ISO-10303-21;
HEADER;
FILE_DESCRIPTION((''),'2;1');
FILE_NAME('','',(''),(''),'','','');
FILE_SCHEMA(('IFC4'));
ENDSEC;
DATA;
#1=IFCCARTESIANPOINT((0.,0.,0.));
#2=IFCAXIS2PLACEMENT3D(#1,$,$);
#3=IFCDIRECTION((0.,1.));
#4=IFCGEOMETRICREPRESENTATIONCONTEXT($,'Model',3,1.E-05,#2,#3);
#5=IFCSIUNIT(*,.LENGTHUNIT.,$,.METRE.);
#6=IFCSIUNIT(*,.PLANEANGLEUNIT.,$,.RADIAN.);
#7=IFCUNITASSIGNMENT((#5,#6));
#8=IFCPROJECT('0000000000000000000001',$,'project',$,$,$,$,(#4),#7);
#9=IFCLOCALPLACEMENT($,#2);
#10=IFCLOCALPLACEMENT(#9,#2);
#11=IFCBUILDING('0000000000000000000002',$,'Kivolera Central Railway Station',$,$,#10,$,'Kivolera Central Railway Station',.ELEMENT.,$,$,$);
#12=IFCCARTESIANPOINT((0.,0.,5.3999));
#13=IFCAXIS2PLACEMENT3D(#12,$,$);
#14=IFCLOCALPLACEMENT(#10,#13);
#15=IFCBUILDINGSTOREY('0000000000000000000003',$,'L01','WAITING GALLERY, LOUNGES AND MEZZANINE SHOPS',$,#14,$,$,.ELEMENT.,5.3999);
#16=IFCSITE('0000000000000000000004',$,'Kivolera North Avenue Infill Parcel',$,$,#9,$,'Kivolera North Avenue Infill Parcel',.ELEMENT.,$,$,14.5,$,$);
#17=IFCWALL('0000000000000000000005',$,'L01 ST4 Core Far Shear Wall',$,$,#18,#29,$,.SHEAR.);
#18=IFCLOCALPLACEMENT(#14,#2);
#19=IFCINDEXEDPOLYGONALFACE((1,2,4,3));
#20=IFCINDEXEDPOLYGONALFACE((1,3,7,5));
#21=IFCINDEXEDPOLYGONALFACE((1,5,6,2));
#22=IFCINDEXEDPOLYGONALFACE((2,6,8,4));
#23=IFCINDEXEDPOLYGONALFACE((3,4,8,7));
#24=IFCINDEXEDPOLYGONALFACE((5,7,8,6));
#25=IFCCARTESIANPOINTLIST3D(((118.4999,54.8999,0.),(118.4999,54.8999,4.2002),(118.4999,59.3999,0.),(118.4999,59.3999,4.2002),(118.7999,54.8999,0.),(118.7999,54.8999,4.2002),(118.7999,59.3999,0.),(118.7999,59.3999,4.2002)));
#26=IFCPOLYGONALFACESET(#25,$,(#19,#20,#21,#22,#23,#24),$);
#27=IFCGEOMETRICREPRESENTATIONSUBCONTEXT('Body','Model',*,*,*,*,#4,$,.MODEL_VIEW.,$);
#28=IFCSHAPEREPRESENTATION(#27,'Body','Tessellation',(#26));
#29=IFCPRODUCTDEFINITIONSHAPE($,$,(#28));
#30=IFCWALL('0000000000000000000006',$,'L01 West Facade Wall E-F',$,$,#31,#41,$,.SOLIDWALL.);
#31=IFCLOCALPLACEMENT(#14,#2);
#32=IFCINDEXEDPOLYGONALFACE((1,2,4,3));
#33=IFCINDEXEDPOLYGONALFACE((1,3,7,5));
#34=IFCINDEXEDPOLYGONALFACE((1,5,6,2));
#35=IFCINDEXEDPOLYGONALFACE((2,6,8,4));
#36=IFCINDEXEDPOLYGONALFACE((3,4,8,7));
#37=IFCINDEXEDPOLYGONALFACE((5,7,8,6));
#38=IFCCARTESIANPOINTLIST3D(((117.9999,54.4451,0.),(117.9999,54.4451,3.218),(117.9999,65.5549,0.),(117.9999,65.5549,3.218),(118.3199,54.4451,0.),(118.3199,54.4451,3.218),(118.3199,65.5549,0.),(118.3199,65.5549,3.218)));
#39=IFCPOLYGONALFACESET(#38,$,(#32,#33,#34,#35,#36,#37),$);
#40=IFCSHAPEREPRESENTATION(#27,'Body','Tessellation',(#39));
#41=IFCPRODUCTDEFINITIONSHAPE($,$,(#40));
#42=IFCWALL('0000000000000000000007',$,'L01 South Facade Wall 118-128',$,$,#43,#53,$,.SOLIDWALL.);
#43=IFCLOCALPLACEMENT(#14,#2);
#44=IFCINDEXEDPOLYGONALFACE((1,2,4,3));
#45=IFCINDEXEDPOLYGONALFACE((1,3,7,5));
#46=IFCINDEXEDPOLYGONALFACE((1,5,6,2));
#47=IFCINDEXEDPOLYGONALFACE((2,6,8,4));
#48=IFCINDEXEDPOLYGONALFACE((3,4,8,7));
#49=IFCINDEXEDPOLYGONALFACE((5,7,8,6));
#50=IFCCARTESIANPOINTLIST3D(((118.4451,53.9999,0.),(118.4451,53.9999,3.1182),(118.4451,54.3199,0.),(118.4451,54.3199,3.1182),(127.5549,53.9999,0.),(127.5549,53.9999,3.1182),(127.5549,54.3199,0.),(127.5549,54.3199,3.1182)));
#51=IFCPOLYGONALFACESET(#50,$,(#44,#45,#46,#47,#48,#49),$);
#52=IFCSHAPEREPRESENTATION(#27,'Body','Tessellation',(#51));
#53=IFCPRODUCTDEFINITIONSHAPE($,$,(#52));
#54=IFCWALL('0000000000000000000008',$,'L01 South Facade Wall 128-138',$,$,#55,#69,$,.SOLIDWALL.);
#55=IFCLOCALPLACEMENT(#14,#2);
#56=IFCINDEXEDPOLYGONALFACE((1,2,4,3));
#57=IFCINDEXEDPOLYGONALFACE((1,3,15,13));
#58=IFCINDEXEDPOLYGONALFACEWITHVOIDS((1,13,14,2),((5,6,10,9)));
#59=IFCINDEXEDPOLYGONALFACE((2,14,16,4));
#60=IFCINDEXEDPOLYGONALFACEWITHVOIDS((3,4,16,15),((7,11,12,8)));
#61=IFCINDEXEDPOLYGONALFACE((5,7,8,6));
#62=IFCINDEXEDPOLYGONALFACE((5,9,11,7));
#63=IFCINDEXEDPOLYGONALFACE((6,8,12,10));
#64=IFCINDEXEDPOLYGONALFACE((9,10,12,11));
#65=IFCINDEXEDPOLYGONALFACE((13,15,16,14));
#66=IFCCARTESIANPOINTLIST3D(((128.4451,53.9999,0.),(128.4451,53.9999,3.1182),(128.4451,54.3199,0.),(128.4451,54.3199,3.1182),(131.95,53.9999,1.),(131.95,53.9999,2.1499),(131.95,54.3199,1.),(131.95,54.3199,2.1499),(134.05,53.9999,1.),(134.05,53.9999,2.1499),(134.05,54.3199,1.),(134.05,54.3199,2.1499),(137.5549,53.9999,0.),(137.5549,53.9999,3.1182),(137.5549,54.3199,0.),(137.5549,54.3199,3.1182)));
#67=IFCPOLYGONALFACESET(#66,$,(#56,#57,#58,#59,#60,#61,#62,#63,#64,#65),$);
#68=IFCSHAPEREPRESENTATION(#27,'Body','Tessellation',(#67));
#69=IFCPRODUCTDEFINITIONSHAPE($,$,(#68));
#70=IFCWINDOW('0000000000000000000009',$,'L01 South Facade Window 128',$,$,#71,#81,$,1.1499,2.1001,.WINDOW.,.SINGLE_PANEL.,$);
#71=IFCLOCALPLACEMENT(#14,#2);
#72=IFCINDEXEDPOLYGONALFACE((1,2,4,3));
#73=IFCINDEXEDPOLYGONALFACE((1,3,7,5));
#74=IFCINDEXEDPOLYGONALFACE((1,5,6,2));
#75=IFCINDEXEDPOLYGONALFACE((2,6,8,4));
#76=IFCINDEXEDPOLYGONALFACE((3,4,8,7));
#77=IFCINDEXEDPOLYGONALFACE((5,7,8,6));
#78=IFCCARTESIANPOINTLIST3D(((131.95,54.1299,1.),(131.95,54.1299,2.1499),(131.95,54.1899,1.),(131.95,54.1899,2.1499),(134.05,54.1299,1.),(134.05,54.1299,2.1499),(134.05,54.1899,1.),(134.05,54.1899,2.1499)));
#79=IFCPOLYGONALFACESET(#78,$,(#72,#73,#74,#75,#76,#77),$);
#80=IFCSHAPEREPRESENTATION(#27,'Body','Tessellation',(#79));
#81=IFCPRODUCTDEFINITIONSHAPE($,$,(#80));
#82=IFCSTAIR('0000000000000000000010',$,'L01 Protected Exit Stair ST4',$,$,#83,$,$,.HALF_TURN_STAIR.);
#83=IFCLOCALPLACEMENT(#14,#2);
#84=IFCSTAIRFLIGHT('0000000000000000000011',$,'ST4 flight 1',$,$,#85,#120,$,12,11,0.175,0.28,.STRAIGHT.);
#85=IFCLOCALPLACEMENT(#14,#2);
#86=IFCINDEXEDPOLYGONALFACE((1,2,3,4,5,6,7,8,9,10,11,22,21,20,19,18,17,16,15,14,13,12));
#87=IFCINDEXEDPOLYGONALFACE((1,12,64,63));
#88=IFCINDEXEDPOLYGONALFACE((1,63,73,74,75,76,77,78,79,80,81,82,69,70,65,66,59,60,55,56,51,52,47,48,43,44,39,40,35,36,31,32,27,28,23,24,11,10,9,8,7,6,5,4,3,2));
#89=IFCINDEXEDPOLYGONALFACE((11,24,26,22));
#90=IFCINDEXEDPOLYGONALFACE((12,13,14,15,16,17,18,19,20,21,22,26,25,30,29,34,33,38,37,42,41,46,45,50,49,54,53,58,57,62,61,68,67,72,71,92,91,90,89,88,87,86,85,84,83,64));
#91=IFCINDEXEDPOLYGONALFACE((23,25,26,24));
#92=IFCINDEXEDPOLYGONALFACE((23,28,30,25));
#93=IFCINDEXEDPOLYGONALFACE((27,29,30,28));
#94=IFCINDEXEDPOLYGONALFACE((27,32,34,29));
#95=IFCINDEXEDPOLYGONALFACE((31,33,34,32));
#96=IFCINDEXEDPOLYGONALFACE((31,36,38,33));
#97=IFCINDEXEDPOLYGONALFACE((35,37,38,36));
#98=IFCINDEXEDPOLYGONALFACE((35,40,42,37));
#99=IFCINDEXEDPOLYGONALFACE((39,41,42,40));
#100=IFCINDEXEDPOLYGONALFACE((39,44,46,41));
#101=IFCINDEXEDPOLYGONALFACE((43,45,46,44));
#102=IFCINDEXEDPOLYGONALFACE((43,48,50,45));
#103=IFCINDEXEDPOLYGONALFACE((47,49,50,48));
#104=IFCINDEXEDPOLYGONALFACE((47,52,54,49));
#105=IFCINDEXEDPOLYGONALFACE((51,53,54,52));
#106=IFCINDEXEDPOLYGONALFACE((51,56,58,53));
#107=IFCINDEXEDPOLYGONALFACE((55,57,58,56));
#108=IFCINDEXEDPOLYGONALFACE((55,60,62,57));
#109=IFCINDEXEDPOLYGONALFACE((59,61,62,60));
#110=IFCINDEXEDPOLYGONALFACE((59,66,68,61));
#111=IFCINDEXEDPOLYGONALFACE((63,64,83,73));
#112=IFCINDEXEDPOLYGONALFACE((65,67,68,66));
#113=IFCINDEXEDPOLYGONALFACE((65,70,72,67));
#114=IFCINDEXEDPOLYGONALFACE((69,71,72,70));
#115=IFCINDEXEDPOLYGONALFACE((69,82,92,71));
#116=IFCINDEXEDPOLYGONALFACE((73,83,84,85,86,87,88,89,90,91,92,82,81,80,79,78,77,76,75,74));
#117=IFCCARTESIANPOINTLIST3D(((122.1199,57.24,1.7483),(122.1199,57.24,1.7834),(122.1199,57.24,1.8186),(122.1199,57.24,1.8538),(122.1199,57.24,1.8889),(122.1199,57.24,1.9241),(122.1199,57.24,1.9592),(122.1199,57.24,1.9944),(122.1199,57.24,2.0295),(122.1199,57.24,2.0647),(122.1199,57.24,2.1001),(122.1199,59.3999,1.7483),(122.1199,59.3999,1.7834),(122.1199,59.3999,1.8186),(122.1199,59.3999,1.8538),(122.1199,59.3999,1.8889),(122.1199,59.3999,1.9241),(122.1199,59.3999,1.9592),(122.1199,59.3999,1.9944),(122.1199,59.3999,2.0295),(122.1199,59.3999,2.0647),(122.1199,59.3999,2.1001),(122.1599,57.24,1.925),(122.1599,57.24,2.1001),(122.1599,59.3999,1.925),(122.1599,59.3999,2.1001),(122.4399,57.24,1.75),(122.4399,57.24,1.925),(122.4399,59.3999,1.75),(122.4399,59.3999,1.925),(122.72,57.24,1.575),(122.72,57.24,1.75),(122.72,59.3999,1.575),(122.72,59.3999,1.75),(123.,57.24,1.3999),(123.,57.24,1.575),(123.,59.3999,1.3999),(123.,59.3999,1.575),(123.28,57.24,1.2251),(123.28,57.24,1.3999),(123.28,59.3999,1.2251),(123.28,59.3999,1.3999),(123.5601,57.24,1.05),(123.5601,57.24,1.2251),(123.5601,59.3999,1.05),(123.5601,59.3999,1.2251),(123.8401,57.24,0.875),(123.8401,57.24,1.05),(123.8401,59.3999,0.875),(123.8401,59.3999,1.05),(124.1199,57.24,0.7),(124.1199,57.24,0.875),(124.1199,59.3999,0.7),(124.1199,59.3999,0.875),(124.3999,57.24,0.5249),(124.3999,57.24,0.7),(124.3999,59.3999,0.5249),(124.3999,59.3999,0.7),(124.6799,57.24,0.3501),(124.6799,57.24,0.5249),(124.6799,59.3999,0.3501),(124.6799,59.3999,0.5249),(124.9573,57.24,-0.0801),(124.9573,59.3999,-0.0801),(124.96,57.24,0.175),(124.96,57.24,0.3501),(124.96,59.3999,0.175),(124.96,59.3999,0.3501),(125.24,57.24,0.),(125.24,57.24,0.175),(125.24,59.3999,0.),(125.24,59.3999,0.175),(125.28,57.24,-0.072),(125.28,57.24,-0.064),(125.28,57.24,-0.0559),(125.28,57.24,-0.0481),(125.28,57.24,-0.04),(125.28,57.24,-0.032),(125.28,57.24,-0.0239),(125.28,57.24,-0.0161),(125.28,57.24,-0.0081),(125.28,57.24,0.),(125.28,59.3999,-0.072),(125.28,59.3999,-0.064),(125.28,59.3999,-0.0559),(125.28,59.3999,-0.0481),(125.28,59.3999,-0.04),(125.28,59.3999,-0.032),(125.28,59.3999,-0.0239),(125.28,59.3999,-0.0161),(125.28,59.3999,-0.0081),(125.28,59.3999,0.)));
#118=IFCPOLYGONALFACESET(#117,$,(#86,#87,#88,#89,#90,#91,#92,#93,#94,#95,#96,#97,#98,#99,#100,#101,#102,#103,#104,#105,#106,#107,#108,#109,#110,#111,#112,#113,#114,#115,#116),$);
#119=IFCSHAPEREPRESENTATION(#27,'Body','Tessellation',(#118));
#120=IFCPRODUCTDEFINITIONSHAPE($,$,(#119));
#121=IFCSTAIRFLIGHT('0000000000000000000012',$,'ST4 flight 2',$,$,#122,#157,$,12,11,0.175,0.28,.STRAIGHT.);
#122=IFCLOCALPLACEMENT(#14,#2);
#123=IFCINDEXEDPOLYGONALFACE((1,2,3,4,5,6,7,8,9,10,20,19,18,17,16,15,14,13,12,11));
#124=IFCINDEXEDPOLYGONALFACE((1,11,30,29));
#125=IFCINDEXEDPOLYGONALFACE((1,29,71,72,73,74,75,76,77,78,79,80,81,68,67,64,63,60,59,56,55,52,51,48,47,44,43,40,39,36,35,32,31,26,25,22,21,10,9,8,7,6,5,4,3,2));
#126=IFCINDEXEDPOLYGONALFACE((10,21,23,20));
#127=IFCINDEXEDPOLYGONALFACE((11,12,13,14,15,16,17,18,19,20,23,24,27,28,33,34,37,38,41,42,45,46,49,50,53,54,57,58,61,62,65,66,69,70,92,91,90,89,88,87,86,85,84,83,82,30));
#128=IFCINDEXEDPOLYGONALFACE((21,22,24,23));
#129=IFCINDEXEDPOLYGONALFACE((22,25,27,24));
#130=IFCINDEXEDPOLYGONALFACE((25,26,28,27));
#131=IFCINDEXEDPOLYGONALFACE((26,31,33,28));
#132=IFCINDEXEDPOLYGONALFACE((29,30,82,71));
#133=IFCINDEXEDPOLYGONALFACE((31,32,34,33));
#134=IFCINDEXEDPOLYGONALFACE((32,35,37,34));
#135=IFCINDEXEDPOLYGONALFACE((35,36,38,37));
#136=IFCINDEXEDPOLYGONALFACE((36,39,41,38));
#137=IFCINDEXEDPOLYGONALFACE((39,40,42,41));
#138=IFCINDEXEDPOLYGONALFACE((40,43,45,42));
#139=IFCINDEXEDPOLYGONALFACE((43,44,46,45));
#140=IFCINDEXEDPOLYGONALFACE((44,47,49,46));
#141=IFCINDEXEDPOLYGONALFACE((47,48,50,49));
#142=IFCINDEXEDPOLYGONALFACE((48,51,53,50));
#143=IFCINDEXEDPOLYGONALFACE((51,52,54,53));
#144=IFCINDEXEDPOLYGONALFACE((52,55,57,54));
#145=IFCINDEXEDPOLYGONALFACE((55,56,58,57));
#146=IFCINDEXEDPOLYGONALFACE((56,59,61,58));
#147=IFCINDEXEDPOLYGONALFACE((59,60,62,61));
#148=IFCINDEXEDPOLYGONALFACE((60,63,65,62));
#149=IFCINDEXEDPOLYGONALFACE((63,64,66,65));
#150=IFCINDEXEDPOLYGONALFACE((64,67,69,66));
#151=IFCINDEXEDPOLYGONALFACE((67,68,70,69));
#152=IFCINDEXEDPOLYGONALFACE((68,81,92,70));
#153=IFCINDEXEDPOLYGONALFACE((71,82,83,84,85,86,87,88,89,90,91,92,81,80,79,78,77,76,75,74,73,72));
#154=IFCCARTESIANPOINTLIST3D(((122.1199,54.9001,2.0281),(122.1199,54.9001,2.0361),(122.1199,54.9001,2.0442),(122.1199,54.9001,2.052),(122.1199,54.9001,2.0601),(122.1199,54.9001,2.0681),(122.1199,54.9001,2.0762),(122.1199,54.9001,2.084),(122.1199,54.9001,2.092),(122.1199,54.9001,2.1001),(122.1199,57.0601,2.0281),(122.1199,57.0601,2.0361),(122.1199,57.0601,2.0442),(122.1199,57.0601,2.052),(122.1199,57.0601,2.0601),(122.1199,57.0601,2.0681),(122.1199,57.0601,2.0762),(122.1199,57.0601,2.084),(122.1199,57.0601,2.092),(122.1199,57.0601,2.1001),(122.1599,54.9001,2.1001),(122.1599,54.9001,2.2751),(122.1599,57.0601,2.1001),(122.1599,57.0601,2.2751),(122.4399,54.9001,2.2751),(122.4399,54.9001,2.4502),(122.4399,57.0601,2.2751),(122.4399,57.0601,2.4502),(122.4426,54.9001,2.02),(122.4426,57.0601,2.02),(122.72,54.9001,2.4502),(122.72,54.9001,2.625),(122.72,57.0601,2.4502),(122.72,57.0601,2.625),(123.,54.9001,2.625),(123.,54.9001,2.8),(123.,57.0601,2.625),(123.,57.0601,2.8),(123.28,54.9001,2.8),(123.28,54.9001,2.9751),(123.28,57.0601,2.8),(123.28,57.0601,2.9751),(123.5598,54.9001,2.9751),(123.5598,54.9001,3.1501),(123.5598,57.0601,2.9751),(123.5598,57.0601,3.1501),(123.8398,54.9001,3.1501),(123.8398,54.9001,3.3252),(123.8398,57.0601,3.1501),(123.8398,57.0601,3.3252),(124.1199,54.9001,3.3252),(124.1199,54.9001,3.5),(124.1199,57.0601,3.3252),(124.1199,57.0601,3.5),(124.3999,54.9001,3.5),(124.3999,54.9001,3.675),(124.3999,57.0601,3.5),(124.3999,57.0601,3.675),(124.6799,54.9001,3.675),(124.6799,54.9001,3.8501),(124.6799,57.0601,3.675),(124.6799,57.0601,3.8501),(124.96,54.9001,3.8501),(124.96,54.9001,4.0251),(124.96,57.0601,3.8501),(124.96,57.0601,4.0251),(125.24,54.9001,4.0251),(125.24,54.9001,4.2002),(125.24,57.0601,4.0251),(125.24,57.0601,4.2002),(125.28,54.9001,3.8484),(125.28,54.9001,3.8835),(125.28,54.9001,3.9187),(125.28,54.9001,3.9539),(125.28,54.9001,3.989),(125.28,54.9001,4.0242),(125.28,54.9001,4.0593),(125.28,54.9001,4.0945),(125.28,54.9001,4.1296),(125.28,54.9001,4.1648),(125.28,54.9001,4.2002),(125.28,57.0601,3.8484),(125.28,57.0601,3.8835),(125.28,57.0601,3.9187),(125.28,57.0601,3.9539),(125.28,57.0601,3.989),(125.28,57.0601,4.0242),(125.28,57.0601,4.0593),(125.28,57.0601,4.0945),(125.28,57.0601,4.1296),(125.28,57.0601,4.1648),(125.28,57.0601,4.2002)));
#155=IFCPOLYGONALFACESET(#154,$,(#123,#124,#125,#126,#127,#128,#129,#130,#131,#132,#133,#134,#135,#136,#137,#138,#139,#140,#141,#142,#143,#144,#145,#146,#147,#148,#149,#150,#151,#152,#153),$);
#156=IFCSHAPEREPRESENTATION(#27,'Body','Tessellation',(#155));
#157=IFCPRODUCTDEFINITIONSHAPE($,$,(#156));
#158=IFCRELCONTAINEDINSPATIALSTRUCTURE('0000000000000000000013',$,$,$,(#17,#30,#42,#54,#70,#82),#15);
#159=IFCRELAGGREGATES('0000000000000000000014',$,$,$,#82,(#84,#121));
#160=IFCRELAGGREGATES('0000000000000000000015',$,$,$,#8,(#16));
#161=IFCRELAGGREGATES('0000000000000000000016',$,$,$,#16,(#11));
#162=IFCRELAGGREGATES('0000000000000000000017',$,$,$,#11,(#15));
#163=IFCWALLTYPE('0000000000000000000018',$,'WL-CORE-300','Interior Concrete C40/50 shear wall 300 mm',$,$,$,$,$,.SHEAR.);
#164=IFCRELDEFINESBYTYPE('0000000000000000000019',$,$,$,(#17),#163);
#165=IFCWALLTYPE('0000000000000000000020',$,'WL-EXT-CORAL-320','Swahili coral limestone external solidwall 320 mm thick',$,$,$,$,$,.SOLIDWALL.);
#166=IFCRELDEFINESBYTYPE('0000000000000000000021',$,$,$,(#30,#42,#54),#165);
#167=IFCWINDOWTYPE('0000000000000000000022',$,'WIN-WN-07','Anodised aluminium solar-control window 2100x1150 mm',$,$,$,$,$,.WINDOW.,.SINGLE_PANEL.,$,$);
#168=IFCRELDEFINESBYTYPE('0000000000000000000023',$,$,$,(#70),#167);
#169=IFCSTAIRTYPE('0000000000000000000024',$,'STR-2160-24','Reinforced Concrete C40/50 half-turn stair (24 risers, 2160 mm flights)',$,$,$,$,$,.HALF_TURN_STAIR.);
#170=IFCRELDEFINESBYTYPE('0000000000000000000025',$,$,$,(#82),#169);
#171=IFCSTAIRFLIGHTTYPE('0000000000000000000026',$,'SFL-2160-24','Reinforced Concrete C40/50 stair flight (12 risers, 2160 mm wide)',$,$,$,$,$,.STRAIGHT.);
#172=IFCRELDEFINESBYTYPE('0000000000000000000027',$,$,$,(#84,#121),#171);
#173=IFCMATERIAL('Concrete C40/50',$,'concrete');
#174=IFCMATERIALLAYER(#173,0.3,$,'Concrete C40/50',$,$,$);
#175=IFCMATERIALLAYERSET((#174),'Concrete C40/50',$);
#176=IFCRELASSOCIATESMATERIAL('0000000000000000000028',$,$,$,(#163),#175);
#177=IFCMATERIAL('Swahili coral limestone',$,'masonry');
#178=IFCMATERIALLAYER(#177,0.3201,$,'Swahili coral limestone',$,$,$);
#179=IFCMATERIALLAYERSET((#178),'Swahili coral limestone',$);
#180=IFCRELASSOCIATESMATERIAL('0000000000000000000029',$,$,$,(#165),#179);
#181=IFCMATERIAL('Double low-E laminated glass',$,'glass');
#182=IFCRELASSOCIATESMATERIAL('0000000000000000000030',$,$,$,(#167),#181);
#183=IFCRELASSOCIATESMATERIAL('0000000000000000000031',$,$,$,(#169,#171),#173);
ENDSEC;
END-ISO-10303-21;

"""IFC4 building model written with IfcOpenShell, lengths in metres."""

from ifc_helpers import new_model, si_unit, direction, frame, frame_2d, origin, place, context, subcontext, project, spatial, polyline, rectangle, outline, extrude, material, layer, layer_set, type_object, element, fill, aggregate, save


model = new_model("IFC4")

# Units and contexts
model_context = context("Model", 3, precision=1e-05, world=origin(), true_north=direction((0.0, 1.0)))
body_context = subcontext(model_context, "Body", "Model", "MODEL_VIEW")
ifc_project = project(units=[si_unit("LENGTHUNIT", "METRE"), si_unit("PLANEANGLEUNIT", "RADIAN")], contexts=[model_context])

# Site, building, storey
site_placement = place(None, origin())
site = spatial("IfcSite", under=ifc_project, at=site_placement, Name="Kivolera North Avenue Infill Parcel", LongName="Kivolera North Avenue Infill Parcel", CompositionType="ELEMENT", RefElevation=14.5)
building_placement = place(site_placement, origin())
building = spatial("IfcBuilding", under=site, at=building_placement, Name="Kivolera Central Railway Station", LongName="Kivolera Central Railway Station", CompositionType="ELEMENT")
storey_placement = place(building_placement, frame((0.0, 0.0, 5.3999)))
storey = spatial("IfcBuildingStorey", under=building, at=storey_placement, Name="L01", Description="WAITING GALLERY, LOUNGES AND MEZZANINE SHOPS", CompositionType="ELEMENT", Elevation=5.3999)

# Shared definitions
ifc_material_1 = material(Name="Concrete C40/50", Category="concrete")

# Shared definitions
ifc_layer_1 = layer(ifc_material_1, 0.3, Name="Concrete C40/50")
ifc_layer_set_1 = layer_set([ifc_layer_1], Name="Concrete C40/50")
wall_type_1 = type_object("IfcWallType", Name="WL-CORE-300", Description="Interior Concrete C40/50 shear wall 300 mm", PredefinedType="SHEAR", material=ifc_layer_set_1)

# Walls
for number, where, z_axis, x_axis, name in (
    (1, (118.6499, 54.8999, 0.0), (0.0, 0.0, 1.0), (0.0, 1.0, 0.0), "L01 ST4 Core Far Shear Wall"),
):
    element("IfcWall", number, at=place(storey_placement, frame(where, z_axis=z_axis, x_axis=x_axis)), inside=storey, type_object=wall_type_1, Name=name, PredefinedType="SHEAR", context=body_context, shape_type="SweptSolid", body=[
        extrude(rectangle(XDim=4.5, YDim=0.3, at=frame_2d((2.25, 0.0))), origin(), (0.0, 0.0, 1.0), 4.2002),
    ])
ifc_material_2 = material(Name="Swahili coral limestone", Category="masonry")
ifc_layer_2 = layer(ifc_material_2, 0.3201, Name="Swahili coral limestone")
ifc_layer_set_2 = layer_set([ifc_layer_2], Name="Swahili coral limestone")
wall_type_2 = type_object("IfcWallType", Name="WL-EXT-CORAL-320", Description="Swahili coral limestone external solidwall 320 mm thick", PredefinedType="SOLIDWALL", material=ifc_layer_set_2)
wall_1_placement = place(storey_placement, frame((118.1599, 54.4451, 0.0), z_axis=(0.0, 0.0, 1.0), x_axis=(0.0, 1.0, 0.0)))
element("IfcWall", 2, at=wall_1_placement, inside=storey, type_object=wall_type_2, Name="L01 West Facade Wall E-F", PredefinedType="SOLIDWALL", context=body_context, shape_type="SweptSolid", body=[
    extrude(rectangle(XDim=11.1099, YDim=0.3201, at=frame_2d((5.5549, 0.0))), origin(), (0.0, 0.0, 1.0), 3.218),
])
wall_2_placement = place(storey_placement, frame((127.5549, 54.1599, 0.0), z_axis=(0.0, 0.0, 1.0), x_axis=(-1.0, 0.0, 0.0)))
element("IfcWall", 3, at=wall_2_placement, inside=storey, type_object=wall_type_2, Name="L01 South Facade Wall 118-128", PredefinedType="SOLIDWALL", context=body_context, shape_type="SweptSolid", body=[
    extrude(rectangle(XDim=9.1099, YDim=0.3201, at=frame_2d((4.5549, 0.0))), origin(), (0.0, 0.0, 1.0), 3.1182),
])

# Wall, opening, window
wall_3_placement = place(storey_placement, frame((137.5549, 54.1599, 0.0), z_axis=(0.0, 0.0, 1.0), x_axis=(-1.0, 0.0, 0.0)))
wall_3 = element("IfcWall", 4, at=wall_3_placement, inside=storey, type_object=wall_type_2, Name="L01 South Facade Wall 128-138", PredefinedType="SOLIDWALL", context=body_context, shape_type="SweptSolid", body=[
    extrude(rectangle(XDim=9.1099, YDim=0.3201, at=frame_2d((4.5549, 0.0))), origin(), (0.0, 0.0, 1.0), 3.1182),
])
opening_1_placement = place(wall_3_placement, frame((3.5049, 0.0, 1.0)))
opening_1 = element("IfcOpeningElement", 5, at=opening_1_placement, cuts=wall_3, PredefinedType="OPENING", context=body_context, shape_type="SweptSolid", body=[
    extrude(rectangle(XDim=2.1001, YDim=1.1499, at=frame_2d((1.05, 0.575))), frame((0.0, 0.1699, 0.0), z_axis=(0.0, -1.0, 0.0), x_axis=(1.0, 0.0, 0.0)), (0.0, 0.0, 1.0), 0.3401),
])
ifc_material_3 = material(Name="Double low-E laminated glass", Category="glass")
window_type = type_object("IfcWindowType", Name="WIN-WN-07", Description="Anodised aluminium solar-control window 2100x1150 mm", PartitioningType="SINGLE_PANEL", PredefinedType="WINDOW", material=ifc_material_3)
window_placement = place(opening_1_placement, origin())
window = element("IfcWindow", 6, at=window_placement, inside=storey, type_object=window_type, Name="L01 South Facade Window 128", OverallHeight=1.1499, OverallWidth=2.1001, PartitioningType="SINGLE_PANEL", PredefinedType="WINDOW", context=body_context, shape_type="SweptSolid", body=[
    extrude(rectangle(XDim=2.1001, YDim=1.1499, at=frame_2d((1.05, 0.575))), frame((0.0, 0.03, 0.0), z_axis=(0.0, -1.0, 0.0), x_axis=(1.0, 0.0, 0.0)), (0.0, 0.0, 1.0), 0.0601),
])
fill(opening_1, window)

# Stair, stair flights
stair_type = type_object("IfcStairType", Name="STR-2160-24", Description="Reinforced Concrete C40/50 half-turn stair (24 risers, 2160 mm flights)", PredefinedType="HALF_TURN_STAIR", material=ifc_material_1)
stair_placement = place(storey_placement, origin())
stair = element("IfcStair", 7, at=stair_placement, inside=storey, type_object=stair_type, Name="L01 Protected Exit Stair ST4", PredefinedType="HALF_TURN_STAIR")
stair_flight_type = type_object("IfcStairFlightType", Name="SFL-2160-24", Description="Reinforced Concrete C40/50 stair flight (12 risers, 2160 mm wide)", PredefinedType="STRAIGHT", material=ifc_material_1)
stair_flight_1_placement = place(storey_placement, frame((125.24, 58.3201, 0.0), z_axis=(0.0, 0.0, 1.0), x_axis=(-1.0, 0.0, 0.0)))
stair_flight_1 = element("IfcStairFlight", 8, at=stair_flight_1_placement, type_object=stair_flight_type, Name="ST4 flight 1", NumberOfRisers=12, NumberOfTreads=11, PredefinedType="STRAIGHT", RiserHeight=0.175, TreadLength=0.28, context=body_context, shape_type="SweptSolid", body=[
    extrude(outline(polyline([(-0.04, 0.0), (0.0, 0.0), (0.0, 0.175), (0.28, 0.175), (0.28, 0.3501), (0.5601, 0.3501), (0.5601, 0.5249), (0.8401, 0.5249), (0.8401, 0.7), (1.1201, 0.7), (1.1201, 0.875), (1.3999, 0.875), (1.3999, 1.05), (1.6799, 1.05), (1.6799, 1.2251), (1.96, 1.2251), (1.96, 1.3999), (2.24, 1.3999), (2.24, 1.575), (2.52, 1.575), (2.52, 1.75), (2.8, 1.75), (2.8, 1.925), (3.0801, 1.925), (3.0801, 2.1001), (3.1201, 2.1001), (3.1201, 2.0647), (3.1201, 2.0295), (3.1201, 1.9944), (3.1201, 1.9592), (3.1201, 1.9241), (3.1201, 1.8889), (3.1201, 1.8538), (3.1201, 1.8186), (3.1201, 1.7834), (3.1201, 1.7483), (0.2827, -0.0801), (-0.04, -0.072), (-0.04, -0.064), (-0.04, -0.0559), (-0.04, -0.0481), (-0.04, -0.04), (-0.04, -0.032), (-0.04, -0.0239), (-0.04, -0.0161), (-0.04, -0.0081), (-0.04, 0.0)])), frame((0.0, 1.0801, 0.0), z_axis=(0.0, -1.0, 0.0), x_axis=(1.0, 0.0, 0.0)), (0.0, 0.0, 1.0), 2.1599),
])
stair_flight_2_placement = place(storey_placement, frame((122.1599, 55.98, 2.1001), z_axis=(0.0, 0.0, 1.0), x_axis=(1.0, 0.0, 0.0)))
stair_flight_2 = element("IfcStairFlight", 9, at=stair_flight_2_placement, type_object=stair_flight_type, Name="ST4 flight 2", NumberOfRisers=12, NumberOfTreads=11, PredefinedType="STRAIGHT", RiserHeight=0.175, TreadLength=0.28, context=body_context, shape_type="SweptSolid", body=[
    extrude(outline(polyline([(-0.04, 0.0), (0.0, 0.0), (0.0, 0.175), (0.28, 0.175), (0.28, 0.3501), (0.5601, 0.3501), (0.5601, 0.5249), (0.8401, 0.5249), (0.8401, 0.7), (1.1201, 0.7), (1.1201, 0.875), (1.3999, 0.875), (1.3999, 1.05), (1.6799, 1.05), (1.6799, 1.2251), (1.96, 1.2251), (1.96, 1.3999), (2.24, 1.3999), (2.24, 1.575), (2.52, 1.575), (2.52, 1.75), (2.8, 1.75), (2.8, 1.925), (3.0801, 1.925), (3.0801, 2.1001), (3.1201, 2.1001), (3.1201, 2.0647), (3.1201, 2.0295), (3.1201, 1.9944), (3.1201, 1.9592), (3.1201, 1.9241), (3.1201, 1.8889), (3.1201, 1.8538), (3.1201, 1.8186), (3.1201, 1.7834), (3.1201, 1.7483), (0.2827, -0.0801), (-0.04, -0.072), (-0.04, -0.064), (-0.04, -0.0559), (-0.04, -0.0481), (-0.04, -0.04), (-0.04, -0.032), (-0.04, -0.0239), (-0.04, -0.0161), (-0.04, -0.0081), (-0.04, 0.0)])), frame((0.0, 1.0801, 0.0), z_axis=(0.0, -1.0, 0.0), x_axis=(1.0, 0.0, 0.0)), (0.0, 0.0, 1.0), 2.1599),
])
aggregate(stair, [stair_flight_1, stair_flight_2])

save(model, "model.ifc")
